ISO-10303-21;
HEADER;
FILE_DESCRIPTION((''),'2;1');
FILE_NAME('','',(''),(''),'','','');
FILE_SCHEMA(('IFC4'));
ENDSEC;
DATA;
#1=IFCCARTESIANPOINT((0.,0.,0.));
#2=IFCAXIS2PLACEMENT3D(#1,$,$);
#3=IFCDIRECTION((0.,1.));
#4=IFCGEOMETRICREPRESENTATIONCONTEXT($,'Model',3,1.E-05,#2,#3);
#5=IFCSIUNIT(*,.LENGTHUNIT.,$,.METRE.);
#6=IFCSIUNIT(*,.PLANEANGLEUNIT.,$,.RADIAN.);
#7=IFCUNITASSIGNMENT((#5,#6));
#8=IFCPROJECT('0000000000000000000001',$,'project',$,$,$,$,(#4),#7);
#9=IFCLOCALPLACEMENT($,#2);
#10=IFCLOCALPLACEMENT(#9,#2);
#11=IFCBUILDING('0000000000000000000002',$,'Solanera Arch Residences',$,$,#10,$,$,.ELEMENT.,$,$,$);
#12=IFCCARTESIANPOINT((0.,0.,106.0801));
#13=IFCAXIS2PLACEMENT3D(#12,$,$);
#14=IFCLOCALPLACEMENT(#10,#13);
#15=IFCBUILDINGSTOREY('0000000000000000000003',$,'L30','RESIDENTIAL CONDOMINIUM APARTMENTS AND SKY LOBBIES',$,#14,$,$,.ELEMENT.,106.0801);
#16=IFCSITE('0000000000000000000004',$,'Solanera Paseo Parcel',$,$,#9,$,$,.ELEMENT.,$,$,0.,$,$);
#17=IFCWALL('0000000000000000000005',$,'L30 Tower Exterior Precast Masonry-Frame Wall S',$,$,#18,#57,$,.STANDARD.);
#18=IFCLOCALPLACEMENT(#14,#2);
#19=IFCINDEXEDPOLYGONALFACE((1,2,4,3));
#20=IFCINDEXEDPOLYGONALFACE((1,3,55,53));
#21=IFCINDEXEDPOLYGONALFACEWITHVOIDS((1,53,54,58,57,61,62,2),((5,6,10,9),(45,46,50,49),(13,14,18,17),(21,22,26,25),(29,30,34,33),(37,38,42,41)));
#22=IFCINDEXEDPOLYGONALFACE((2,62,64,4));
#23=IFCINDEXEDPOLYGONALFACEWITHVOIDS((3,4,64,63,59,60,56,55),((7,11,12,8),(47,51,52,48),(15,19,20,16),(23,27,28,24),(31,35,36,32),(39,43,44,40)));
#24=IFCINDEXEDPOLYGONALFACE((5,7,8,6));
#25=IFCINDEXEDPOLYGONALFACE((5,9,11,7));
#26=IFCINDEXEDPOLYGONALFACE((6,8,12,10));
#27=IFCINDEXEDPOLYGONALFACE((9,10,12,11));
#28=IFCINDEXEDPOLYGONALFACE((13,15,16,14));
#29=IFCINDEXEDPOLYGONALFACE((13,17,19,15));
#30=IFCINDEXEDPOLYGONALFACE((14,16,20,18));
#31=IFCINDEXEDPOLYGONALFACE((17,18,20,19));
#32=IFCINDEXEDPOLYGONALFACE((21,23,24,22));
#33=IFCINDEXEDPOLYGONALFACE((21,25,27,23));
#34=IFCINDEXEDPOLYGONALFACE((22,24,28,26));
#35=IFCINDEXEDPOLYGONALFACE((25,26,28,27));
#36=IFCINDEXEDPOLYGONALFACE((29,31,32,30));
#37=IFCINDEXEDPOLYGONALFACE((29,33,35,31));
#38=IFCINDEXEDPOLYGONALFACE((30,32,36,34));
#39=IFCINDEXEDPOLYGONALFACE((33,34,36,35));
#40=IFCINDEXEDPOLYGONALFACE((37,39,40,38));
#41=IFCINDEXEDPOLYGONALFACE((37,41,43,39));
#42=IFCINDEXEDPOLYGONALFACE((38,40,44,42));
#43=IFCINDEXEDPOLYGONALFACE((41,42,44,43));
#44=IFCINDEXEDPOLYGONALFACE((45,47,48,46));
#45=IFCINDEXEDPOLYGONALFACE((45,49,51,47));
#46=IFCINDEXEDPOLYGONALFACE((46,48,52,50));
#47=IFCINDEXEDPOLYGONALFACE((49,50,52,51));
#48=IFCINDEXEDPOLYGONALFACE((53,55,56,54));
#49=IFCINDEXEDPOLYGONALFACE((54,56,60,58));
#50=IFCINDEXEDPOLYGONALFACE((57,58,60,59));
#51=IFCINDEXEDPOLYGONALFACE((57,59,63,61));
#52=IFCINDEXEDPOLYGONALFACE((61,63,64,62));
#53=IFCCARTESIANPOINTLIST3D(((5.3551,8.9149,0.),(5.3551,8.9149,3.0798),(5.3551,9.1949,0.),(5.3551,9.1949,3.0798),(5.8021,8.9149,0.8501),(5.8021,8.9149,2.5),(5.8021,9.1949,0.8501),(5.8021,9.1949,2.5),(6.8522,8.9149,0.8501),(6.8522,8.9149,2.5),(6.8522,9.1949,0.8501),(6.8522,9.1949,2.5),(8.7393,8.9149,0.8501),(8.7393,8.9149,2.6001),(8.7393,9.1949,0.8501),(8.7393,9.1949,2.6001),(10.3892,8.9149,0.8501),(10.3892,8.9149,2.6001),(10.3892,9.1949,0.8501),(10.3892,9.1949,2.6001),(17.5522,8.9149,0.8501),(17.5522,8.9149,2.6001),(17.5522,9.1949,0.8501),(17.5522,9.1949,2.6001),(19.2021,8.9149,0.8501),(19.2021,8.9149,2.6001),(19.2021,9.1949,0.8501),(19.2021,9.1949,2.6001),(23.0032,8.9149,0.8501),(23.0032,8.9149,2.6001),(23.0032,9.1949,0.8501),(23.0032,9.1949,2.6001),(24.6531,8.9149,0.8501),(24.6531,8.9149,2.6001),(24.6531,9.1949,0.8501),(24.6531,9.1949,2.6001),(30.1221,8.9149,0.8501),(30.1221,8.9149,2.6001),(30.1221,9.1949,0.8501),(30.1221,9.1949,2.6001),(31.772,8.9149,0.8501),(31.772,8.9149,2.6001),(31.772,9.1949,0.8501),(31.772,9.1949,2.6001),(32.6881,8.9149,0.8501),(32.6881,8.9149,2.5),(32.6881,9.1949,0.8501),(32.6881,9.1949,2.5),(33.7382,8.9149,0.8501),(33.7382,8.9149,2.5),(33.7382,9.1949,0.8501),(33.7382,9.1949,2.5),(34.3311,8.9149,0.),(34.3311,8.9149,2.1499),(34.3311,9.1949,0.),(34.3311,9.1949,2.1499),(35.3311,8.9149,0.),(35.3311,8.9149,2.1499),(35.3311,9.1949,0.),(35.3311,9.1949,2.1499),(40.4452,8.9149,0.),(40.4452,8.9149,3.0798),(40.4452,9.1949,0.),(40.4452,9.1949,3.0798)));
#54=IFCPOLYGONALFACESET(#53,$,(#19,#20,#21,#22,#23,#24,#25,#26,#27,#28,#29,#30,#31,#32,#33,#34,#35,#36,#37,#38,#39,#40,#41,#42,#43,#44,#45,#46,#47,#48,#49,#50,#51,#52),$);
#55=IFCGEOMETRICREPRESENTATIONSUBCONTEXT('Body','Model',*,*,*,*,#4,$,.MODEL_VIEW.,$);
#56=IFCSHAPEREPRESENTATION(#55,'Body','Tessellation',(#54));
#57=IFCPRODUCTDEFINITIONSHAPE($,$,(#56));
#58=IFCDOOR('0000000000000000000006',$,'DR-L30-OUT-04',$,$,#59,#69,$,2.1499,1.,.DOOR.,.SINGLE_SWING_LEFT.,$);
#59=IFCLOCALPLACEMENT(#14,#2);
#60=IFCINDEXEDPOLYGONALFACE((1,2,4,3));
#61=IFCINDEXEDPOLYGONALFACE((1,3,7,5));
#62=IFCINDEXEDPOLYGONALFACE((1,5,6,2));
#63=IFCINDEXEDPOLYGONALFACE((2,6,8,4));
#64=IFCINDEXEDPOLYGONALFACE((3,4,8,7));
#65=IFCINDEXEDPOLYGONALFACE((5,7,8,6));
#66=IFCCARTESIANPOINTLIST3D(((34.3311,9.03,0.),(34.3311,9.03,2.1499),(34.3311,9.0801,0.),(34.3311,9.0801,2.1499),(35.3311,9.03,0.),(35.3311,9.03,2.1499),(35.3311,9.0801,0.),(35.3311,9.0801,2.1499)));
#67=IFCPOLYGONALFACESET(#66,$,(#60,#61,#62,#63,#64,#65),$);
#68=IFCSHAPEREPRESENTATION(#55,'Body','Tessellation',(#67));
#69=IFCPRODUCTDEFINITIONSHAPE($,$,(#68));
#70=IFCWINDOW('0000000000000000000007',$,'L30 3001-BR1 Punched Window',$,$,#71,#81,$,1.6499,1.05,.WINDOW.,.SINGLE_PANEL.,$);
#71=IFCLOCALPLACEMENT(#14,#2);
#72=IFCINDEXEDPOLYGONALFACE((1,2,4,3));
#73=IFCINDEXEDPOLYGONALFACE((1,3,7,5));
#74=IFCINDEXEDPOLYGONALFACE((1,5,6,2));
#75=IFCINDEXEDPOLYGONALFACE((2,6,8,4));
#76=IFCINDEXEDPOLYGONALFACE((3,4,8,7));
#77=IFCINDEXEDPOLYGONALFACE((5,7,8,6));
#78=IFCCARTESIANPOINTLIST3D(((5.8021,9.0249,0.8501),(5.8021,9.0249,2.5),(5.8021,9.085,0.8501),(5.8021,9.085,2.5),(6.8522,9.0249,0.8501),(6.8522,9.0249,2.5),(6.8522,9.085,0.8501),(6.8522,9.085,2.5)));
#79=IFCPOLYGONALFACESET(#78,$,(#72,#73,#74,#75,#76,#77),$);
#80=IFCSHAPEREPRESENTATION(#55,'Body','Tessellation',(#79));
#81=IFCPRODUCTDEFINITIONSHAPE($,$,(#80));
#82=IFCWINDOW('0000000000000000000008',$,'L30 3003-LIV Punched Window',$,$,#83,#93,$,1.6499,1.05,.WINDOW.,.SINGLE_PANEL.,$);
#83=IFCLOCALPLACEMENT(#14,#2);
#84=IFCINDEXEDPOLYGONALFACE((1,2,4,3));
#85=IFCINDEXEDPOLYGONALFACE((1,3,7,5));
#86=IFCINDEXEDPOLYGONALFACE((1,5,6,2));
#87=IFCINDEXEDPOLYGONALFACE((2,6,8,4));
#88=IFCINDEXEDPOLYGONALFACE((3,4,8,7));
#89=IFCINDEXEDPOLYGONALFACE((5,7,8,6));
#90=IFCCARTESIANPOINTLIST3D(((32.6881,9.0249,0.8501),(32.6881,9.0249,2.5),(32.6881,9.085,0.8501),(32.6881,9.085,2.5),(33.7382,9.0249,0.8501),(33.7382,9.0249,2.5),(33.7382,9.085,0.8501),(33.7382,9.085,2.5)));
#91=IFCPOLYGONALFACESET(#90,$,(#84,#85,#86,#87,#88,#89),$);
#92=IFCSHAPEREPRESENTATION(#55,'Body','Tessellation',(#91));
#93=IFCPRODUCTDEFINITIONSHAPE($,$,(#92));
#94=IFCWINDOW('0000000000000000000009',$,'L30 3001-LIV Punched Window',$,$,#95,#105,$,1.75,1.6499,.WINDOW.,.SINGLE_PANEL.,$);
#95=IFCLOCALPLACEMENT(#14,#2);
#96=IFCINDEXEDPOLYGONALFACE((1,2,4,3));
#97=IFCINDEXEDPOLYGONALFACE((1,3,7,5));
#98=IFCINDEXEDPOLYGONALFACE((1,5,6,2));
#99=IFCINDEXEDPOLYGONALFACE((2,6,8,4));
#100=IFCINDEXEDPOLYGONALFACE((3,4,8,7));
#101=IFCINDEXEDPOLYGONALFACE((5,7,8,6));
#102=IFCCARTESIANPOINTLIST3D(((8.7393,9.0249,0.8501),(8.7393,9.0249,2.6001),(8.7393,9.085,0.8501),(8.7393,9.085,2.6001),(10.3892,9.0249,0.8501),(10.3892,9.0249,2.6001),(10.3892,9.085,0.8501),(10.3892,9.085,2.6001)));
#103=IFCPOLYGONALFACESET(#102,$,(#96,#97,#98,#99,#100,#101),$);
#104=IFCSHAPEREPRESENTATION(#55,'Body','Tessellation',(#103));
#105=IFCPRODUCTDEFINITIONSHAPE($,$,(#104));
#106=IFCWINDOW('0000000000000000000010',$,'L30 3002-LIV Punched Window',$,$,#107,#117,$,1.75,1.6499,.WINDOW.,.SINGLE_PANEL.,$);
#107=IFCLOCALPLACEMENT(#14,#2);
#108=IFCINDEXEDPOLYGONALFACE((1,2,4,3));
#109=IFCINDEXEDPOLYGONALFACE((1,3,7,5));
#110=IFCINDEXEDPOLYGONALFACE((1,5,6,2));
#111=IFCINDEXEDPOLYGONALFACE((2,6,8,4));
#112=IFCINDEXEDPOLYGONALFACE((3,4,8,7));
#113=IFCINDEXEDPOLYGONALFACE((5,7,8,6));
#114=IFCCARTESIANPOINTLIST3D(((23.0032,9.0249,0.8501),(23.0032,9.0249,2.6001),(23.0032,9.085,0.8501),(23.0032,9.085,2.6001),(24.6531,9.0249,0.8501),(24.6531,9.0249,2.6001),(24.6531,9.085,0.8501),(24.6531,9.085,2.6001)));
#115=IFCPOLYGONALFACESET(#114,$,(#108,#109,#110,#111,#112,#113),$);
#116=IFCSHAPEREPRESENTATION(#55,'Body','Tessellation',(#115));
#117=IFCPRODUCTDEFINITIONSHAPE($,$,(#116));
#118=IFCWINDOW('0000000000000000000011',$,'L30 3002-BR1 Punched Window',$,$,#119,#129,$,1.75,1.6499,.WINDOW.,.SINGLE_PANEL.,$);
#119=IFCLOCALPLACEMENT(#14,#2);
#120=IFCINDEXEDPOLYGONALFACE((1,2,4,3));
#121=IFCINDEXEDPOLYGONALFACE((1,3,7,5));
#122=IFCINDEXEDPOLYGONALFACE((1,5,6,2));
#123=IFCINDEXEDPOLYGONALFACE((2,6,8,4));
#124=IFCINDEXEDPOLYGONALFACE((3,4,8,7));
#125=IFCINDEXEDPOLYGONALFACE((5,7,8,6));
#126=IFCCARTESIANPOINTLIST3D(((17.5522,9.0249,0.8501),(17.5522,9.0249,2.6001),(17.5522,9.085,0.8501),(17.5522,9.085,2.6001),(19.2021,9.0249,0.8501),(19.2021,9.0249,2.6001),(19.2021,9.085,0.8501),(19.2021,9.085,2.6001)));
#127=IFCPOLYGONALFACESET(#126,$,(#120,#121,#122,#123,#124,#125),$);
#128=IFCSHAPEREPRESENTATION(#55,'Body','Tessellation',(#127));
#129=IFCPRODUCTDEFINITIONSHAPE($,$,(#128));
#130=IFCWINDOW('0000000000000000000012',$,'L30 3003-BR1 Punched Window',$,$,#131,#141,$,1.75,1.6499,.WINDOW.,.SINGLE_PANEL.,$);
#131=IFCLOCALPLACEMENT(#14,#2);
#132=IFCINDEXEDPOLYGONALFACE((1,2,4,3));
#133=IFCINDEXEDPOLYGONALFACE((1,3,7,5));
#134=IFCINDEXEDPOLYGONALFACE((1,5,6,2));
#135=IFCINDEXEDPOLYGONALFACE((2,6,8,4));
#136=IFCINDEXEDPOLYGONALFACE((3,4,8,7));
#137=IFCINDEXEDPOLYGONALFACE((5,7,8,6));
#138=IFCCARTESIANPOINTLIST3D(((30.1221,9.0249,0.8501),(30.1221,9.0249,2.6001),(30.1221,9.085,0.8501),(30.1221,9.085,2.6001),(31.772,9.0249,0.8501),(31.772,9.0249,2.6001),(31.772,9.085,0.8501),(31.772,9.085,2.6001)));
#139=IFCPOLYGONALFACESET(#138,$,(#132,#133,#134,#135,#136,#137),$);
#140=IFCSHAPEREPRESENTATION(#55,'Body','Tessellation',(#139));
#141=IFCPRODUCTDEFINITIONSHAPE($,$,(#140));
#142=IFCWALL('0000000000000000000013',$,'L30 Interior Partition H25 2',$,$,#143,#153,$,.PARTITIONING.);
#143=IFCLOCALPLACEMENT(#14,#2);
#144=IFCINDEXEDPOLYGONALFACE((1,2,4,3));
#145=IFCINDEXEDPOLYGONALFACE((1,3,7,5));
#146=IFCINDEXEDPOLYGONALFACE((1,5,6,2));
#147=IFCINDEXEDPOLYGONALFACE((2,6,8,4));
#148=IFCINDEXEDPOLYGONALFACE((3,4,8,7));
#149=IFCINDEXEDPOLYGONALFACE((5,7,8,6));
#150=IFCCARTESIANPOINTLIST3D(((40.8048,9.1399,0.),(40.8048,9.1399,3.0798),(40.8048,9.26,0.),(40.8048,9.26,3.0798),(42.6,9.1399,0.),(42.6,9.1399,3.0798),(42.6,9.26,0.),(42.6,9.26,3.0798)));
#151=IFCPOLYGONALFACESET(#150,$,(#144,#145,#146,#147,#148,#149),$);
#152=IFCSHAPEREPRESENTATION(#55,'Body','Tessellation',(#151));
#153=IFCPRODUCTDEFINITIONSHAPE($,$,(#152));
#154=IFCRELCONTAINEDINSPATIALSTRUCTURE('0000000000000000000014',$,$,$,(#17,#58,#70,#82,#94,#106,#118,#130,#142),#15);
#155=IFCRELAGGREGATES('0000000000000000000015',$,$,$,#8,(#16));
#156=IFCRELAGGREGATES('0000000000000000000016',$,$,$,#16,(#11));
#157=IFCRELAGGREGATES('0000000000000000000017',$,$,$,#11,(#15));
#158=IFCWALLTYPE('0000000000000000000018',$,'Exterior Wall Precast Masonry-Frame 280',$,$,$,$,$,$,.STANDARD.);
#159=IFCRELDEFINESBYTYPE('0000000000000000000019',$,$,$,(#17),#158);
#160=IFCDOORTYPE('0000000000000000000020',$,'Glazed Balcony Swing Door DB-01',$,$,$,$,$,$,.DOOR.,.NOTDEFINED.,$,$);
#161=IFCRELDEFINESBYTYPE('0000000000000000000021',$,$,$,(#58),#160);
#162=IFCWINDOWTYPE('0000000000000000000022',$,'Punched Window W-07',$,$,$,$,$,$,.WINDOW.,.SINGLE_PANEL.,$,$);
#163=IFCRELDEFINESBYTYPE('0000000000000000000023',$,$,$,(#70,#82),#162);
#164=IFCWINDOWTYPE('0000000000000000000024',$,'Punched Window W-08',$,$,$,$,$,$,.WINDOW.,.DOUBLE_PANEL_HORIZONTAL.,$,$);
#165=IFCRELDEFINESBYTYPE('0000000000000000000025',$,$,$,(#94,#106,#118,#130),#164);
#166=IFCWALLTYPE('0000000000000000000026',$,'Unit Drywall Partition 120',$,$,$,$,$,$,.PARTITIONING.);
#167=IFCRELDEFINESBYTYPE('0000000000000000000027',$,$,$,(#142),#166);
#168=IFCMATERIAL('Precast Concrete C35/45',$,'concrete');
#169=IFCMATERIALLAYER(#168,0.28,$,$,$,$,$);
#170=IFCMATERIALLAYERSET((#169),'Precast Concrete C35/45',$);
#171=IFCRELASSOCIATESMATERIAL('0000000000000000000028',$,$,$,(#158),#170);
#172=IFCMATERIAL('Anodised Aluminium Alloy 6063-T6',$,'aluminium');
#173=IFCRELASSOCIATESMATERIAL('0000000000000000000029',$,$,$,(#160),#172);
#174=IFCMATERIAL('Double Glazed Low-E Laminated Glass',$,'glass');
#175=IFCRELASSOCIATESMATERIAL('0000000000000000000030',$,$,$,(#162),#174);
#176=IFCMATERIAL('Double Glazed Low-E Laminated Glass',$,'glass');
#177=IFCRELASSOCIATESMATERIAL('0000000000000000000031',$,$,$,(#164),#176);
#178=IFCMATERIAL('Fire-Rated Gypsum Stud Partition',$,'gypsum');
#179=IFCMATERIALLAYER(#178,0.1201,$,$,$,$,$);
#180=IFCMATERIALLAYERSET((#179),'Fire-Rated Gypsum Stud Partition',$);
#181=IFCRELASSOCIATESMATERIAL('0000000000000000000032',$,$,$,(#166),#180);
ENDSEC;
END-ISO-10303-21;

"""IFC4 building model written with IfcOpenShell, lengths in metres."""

from ifc_helpers import new_model, si_unit, direction, frame, frame_2d, origin, place, context, subcontext, project, spatial, rectangle, extrude, material, layer, layer_set, type_object, element, fill, save


model = new_model("IFC4")

# Units and contexts
model_context = context("Model", 3, precision=1e-05, world=origin(), true_north=direction((0.0, 1.0)))
body_context = subcontext(model_context, "Body", "Model", "MODEL_VIEW")
ifc_project = project(units=[si_unit("LENGTHUNIT", "METRE"), si_unit("PLANEANGLEUNIT", "RADIAN")], contexts=[model_context])

# Site, building, storey
site_placement = place(None, origin())
site = spatial("IfcSite", under=ifc_project, at=site_placement, Name="Solanera Paseo Parcel", CompositionType="ELEMENT", RefElevation=0.0)
building_placement = place(site_placement, origin())
building = spatial("IfcBuilding", under=site, at=building_placement, Name="Solanera Arch Residences", CompositionType="ELEMENT")
storey_placement = place(building_placement, frame((0.0, 0.0, 106.0801)))
storey = spatial("IfcBuildingStorey", under=building, at=storey_placement, Name="L30", Description="RESIDENTIAL CONDOMINIUM APARTMENTS AND SKY LOBBIES", CompositionType="ELEMENT", Elevation=106.0801)

# Shared definitions
ifc_material_1 = material(Name="Precast Concrete C35/45", Category="concrete")
ifc_layer_1 = layer(ifc_material_1, 0.28)
ifc_layer_set_1 = layer_set([ifc_layer_1], Name="Precast Concrete C35/45")
wall_type_1 = type_object("IfcWallType", Name="Exterior Wall Precast Masonry-Frame 280", PredefinedType="STANDARD", material=ifc_layer_set_1)

# Wall, openings, door, windows
wall_1_placement = place(storey_placement, frame((40.4451, 9.0549, 0.0), z_axis=(0.0, 0.0, 1.0), x_axis=(-1.0, 0.0, 0.0)))
wall_1 = element("IfcWall", 1, at=wall_1_placement, inside=storey, type_object=wall_type_1, Name="L30 Tower Exterior Precast Masonry-Frame Wall S", PredefinedType="STANDARD", context=body_context, shape_type="SweptSolid", body=[
    extrude(rectangle(XDim=35.0901, YDim=0.28, at=frame_2d((17.5449, 0.0))), origin(), (0.0, 0.0, 1.0), 3.0798),
])
opening_1_placement = place(wall_1_placement, frame((5.114, 0.0, 0.0)))
opening_1 = element("IfcOpeningElement", 2, at=opening_1_placement, cuts=wall_1, PredefinedType="OPENING", context=body_context, shape_type="SweptSolid", body=[
    extrude(rectangle(XDim=1.0, YDim=2.1499, at=frame_2d((0.5, 1.075))), frame((0.0, 0.1499, 0.0), z_axis=(0.0, -1.0, 0.0), x_axis=(1.0, 0.0, 0.0)), (0.0, 0.0, 1.0), 0.3),
])
opening_2_placement = place(wall_1_placement, frame((30.0559, 0.0, 0.8501)))
opening_2 = element("IfcOpeningElement", 3, at=opening_2_placement, cuts=wall_1, PredefinedType="OPENING", context=body_context, shape_type="SweptSolid", body=[
    extrude(rectangle(XDim=1.6499, YDim=1.75, at=frame_2d((0.825, 0.875))), frame((0.0, 0.1499, 0.0), z_axis=(0.0, -1.0, 0.0), x_axis=(1.0, 0.0, 0.0)), (0.0, 0.0, 1.0), 0.3),
])
opening_3_placement = place(wall_1_placement, frame((33.593, 0.0, 0.8501)))
opening_3 = element("IfcOpeningElement", 4, at=opening_3_placement, cuts=wall_1, PredefinedType="OPENING", context=body_context, shape_type="SweptSolid", body=[
    extrude(rectangle(XDim=1.05, YDim=1.6499, at=frame_2d((0.5249, 0.825))), frame((0.0, 0.1499, 0.0), z_axis=(0.0, -1.0, 0.0), x_axis=(1.0, 0.0, 0.0)), (0.0, 0.0, 1.0), 0.3),
])
opening_4_placement = place(wall_1_placement, frame((15.792, 0.0, 0.8501)))
opening_4 = element("IfcOpeningElement", 5, at=opening_4_placement, cuts=wall_1, PredefinedType="OPENING", context=body_context, shape_type="SweptSolid", body=[
    extrude(rectangle(XDim=1.6499, YDim=1.75, at=frame_2d((0.825, 0.875))), frame((0.0, 0.1499, 0.0), z_axis=(0.0, -1.0, 0.0), x_axis=(1.0, 0.0, 0.0)), (0.0, 0.0, 1.0), 0.3),
])
opening_5_placement = place(wall_1_placement, frame((21.2429, 0.0, 0.8501)))
opening_5 = element("IfcOpeningElement", 6, at=opening_5_placement, cuts=wall_1, PredefinedType="OPENING", context=body_context, shape_type="SweptSolid", body=[
    extrude(rectangle(XDim=1.6499, YDim=1.75, at=frame_2d((0.825, 0.875))), frame((0.0, 0.1499, 0.0), z_axis=(0.0, -1.0, 0.0), x_axis=(1.0, 0.0, 0.0)), (0.0, 0.0, 1.0), 0.3),
])
opening_6_placement = place(wall_1_placement, frame((6.707, 0.0, 0.8501)))
opening_6 = element("IfcOpeningElement", 7, at=opening_6_placement, cuts=wall_1, PredefinedType="OPENING", context=body_context, shape_type="SweptSolid", body=[
    extrude(rectangle(XDim=1.05, YDim=1.6499, at=frame_2d((0.5249, 0.825))), frame((0.0, 0.1499, 0.0), z_axis=(0.0, -1.0, 0.0), x_axis=(1.0, 0.0, 0.0)), (0.0, 0.0, 1.0), 0.3),
])
opening_7_placement = place(wall_1_placement, frame((8.6731, 0.0, 0.8501)))
opening_7 = element("IfcOpeningElement", 8, at=opening_7_placement, cuts=wall_1, PredefinedType="OPENING", context=body_context, shape_type="SweptSolid", body=[
    extrude(rectangle(XDim=1.6499, YDim=1.75, at=frame_2d((0.825, 0.875))), frame((0.0, 0.1499, 0.0), z_axis=(0.0, -1.0, 0.0), x_axis=(1.0, 0.0, 0.0)), (0.0, 0.0, 1.0), 0.3),
])
ifc_material_2 = material(Name="Anodised Aluminium Alloy 6063-T6", Category="aluminium")
door_type_1 = type_object("IfcDoorType", Name="Glazed Balcony Swing Door DB-01", OperationType="NOTDEFINED", PredefinedType="DOOR", material=ifc_material_2)
door_1_placement = place(opening_1_placement, origin())
door_1 = element("IfcDoor", 9, at=door_1_placement, inside=storey, type_object=door_type_1, Name="DR-L30-OUT-04", OperationType="SINGLE_SWING_LEFT", OverallHeight=2.1499, OverallWidth=1.0, PredefinedType="DOOR", context=body_context, shape_type="SweptSolid", body=[
    extrude(rectangle(XDim=1.0, YDim=2.1499, at=frame_2d((0.5, 1.075))), frame((0.0, 0.0249, 0.0), z_axis=(0.0, -1.0, 0.0), x_axis=(1.0, 0.0, 0.0)), (0.0, 0.0, 1.0), 0.05),
])
fill(opening_1, door_1)
ifc_material_3 = material(Name="Double Glazed Low-E Laminated Glass", Category="glass")
window_type_1 = type_object("IfcWindowType", Name="Punched Window W-07", PartitioningType="SINGLE_PANEL", PredefinedType="WINDOW", material=ifc_material_3)
window_1_placement = place(opening_3_placement, origin())
window_1 = element("IfcWindow", 10, at=window_1_placement, inside=storey, type_object=window_type_1, Name="L30 3001-BR1 Punched Window", OverallHeight=1.6499, OverallWidth=1.05, PartitioningType="SINGLE_PANEL", PredefinedType="WINDOW", context=body_context, shape_type="SweptSolid", body=[
    extrude(rectangle(XDim=1.05, YDim=1.6499, at=frame_2d((0.5249, 0.825))), frame((0.0, 0.03, 0.0), z_axis=(0.0, -1.0, 0.0), x_axis=(1.0, 0.0, 0.0)), (0.0, 0.0, 1.0), 0.0601),
])
fill(opening_3, window_1)
window_2_placement = place(opening_6_placement, origin())
window_2 = element("IfcWindow", 11, at=window_2_placement, inside=storey, type_object=window_type_1, Name="L30 3003-LIV Punched Window", OverallHeight=1.6499, OverallWidth=1.05, PartitioningType="SINGLE_PANEL", PredefinedType="WINDOW", context=body_context, shape_type="SweptSolid", body=[
    extrude(rectangle(XDim=1.05, YDim=1.6499, at=frame_2d((0.5249, 0.825))), frame((0.0, 0.03, 0.0), z_axis=(0.0, -1.0, 0.0), x_axis=(1.0, 0.0, 0.0)), (0.0, 0.0, 1.0), 0.0601),
])
fill(opening_6, window_2)
ifc_material_4 = material(Name="Double Glazed Low-E Laminated Glass", Category="glass")
window_type_2 = type_object("IfcWindowType", Name="Punched Window W-08", PartitioningType="DOUBLE_PANEL_HORIZONTAL", PredefinedType="WINDOW", material=ifc_material_4)
window_3_placement = place(opening_2_placement, origin())
window_3 = element("IfcWindow", 12, at=window_3_placement, inside=storey, type_object=window_type_2, Name="L30 3001-LIV Punched Window", OverallHeight=1.75, OverallWidth=1.6499, PartitioningType="SINGLE_PANEL", PredefinedType="WINDOW", context=body_context, shape_type="SweptSolid", body=[
    extrude(rectangle(XDim=1.6499, YDim=1.75, at=frame_2d((0.825, 0.875))), frame((0.0, 0.03, 0.0), z_axis=(0.0, -1.0, 0.0), x_axis=(1.0, 0.0, 0.0)), (0.0, 0.0, 1.0), 0.0601),
])
fill(opening_2, window_3)
window_4_placement = place(opening_4_placement, origin())
window_4 = element("IfcWindow", 13, at=window_4_placement, inside=storey, type_object=window_type_2, Name="L30 3002-LIV Punched Window", OverallHeight=1.75, OverallWidth=1.6499, PartitioningType="SINGLE_PANEL", PredefinedType="WINDOW", context=body_context, shape_type="SweptSolid", body=[
    extrude(rectangle(XDim=1.6499, YDim=1.75, at=frame_2d((0.825, 0.875))), frame((0.0, 0.03, 0.0), z_axis=(0.0, -1.0, 0.0), x_axis=(1.0, 0.0, 0.0)), (0.0, 0.0, 1.0), 0.0601),
])
fill(opening_4, window_4)
window_5_placement = place(opening_5_placement, origin())
window_5 = element("IfcWindow", 14, at=window_5_placement, inside=storey, type_object=window_type_2, Name="L30 3002-BR1 Punched Window", OverallHeight=1.75, OverallWidth=1.6499, PartitioningType="SINGLE_PANEL", PredefinedType="WINDOW", context=body_context, shape_type="SweptSolid", body=[
    extrude(rectangle(XDim=1.6499, YDim=1.75, at=frame_2d((0.825, 0.875))), frame((0.0, 0.03, 0.0), z_axis=(0.0, -1.0, 0.0), x_axis=(1.0, 0.0, 0.0)), (0.0, 0.0, 1.0), 0.0601),
])
fill(opening_5, window_5)
window_6_placement = place(opening_7_placement, origin())
window_6 = element("IfcWindow", 15, at=window_6_placement, inside=storey, type_object=window_type_2, Name="L30 3003-BR1 Punched Window", OverallHeight=1.75, OverallWidth=1.6499, PartitioningType="SINGLE_PANEL", PredefinedType="WINDOW", context=body_context, shape_type="SweptSolid", body=[
    extrude(rectangle(XDim=1.6499, YDim=1.75, at=frame_2d((0.825, 0.875))), frame((0.0, 0.03, 0.0), z_axis=(0.0, -1.0, 0.0), x_axis=(1.0, 0.0, 0.0)), (0.0, 0.0, 1.0), 0.0601),
])
fill(opening_7, window_6)

# Wall
ifc_material_5 = material(Name="Fire-Rated Gypsum Stud Partition", Category="gypsum")
ifc_layer_2 = layer(ifc_material_5, 0.1201)
ifc_layer_set_2 = layer_set([ifc_layer_2], Name="Fire-Rated Gypsum Stud Partition")
wall_type_2 = type_object("IfcWallType", Name="Unit Drywall Partition 120", PredefinedType="PARTITIONING", material=ifc_layer_set_2)
wall_2_placement = place(storey_placement, frame((40.8049, 9.2, 0.0), z_axis=(0.0, 0.0, 1.0), x_axis=(1.0, 0.0, 0.0)))
element("IfcWall", 16, at=wall_2_placement, inside=storey, type_object=wall_type_2, Name="L30 Interior Partition H25 2", PredefinedType="PARTITIONING", context=body_context, shape_type="SweptSolid", body=[
    extrude(rectangle(XDim=1.7952, YDim=0.1201, at=frame_2d((0.8975, 0.0))), origin(), (0.0, 0.0, 1.0), 3.0798),
])

save(model, "model.ifc")
